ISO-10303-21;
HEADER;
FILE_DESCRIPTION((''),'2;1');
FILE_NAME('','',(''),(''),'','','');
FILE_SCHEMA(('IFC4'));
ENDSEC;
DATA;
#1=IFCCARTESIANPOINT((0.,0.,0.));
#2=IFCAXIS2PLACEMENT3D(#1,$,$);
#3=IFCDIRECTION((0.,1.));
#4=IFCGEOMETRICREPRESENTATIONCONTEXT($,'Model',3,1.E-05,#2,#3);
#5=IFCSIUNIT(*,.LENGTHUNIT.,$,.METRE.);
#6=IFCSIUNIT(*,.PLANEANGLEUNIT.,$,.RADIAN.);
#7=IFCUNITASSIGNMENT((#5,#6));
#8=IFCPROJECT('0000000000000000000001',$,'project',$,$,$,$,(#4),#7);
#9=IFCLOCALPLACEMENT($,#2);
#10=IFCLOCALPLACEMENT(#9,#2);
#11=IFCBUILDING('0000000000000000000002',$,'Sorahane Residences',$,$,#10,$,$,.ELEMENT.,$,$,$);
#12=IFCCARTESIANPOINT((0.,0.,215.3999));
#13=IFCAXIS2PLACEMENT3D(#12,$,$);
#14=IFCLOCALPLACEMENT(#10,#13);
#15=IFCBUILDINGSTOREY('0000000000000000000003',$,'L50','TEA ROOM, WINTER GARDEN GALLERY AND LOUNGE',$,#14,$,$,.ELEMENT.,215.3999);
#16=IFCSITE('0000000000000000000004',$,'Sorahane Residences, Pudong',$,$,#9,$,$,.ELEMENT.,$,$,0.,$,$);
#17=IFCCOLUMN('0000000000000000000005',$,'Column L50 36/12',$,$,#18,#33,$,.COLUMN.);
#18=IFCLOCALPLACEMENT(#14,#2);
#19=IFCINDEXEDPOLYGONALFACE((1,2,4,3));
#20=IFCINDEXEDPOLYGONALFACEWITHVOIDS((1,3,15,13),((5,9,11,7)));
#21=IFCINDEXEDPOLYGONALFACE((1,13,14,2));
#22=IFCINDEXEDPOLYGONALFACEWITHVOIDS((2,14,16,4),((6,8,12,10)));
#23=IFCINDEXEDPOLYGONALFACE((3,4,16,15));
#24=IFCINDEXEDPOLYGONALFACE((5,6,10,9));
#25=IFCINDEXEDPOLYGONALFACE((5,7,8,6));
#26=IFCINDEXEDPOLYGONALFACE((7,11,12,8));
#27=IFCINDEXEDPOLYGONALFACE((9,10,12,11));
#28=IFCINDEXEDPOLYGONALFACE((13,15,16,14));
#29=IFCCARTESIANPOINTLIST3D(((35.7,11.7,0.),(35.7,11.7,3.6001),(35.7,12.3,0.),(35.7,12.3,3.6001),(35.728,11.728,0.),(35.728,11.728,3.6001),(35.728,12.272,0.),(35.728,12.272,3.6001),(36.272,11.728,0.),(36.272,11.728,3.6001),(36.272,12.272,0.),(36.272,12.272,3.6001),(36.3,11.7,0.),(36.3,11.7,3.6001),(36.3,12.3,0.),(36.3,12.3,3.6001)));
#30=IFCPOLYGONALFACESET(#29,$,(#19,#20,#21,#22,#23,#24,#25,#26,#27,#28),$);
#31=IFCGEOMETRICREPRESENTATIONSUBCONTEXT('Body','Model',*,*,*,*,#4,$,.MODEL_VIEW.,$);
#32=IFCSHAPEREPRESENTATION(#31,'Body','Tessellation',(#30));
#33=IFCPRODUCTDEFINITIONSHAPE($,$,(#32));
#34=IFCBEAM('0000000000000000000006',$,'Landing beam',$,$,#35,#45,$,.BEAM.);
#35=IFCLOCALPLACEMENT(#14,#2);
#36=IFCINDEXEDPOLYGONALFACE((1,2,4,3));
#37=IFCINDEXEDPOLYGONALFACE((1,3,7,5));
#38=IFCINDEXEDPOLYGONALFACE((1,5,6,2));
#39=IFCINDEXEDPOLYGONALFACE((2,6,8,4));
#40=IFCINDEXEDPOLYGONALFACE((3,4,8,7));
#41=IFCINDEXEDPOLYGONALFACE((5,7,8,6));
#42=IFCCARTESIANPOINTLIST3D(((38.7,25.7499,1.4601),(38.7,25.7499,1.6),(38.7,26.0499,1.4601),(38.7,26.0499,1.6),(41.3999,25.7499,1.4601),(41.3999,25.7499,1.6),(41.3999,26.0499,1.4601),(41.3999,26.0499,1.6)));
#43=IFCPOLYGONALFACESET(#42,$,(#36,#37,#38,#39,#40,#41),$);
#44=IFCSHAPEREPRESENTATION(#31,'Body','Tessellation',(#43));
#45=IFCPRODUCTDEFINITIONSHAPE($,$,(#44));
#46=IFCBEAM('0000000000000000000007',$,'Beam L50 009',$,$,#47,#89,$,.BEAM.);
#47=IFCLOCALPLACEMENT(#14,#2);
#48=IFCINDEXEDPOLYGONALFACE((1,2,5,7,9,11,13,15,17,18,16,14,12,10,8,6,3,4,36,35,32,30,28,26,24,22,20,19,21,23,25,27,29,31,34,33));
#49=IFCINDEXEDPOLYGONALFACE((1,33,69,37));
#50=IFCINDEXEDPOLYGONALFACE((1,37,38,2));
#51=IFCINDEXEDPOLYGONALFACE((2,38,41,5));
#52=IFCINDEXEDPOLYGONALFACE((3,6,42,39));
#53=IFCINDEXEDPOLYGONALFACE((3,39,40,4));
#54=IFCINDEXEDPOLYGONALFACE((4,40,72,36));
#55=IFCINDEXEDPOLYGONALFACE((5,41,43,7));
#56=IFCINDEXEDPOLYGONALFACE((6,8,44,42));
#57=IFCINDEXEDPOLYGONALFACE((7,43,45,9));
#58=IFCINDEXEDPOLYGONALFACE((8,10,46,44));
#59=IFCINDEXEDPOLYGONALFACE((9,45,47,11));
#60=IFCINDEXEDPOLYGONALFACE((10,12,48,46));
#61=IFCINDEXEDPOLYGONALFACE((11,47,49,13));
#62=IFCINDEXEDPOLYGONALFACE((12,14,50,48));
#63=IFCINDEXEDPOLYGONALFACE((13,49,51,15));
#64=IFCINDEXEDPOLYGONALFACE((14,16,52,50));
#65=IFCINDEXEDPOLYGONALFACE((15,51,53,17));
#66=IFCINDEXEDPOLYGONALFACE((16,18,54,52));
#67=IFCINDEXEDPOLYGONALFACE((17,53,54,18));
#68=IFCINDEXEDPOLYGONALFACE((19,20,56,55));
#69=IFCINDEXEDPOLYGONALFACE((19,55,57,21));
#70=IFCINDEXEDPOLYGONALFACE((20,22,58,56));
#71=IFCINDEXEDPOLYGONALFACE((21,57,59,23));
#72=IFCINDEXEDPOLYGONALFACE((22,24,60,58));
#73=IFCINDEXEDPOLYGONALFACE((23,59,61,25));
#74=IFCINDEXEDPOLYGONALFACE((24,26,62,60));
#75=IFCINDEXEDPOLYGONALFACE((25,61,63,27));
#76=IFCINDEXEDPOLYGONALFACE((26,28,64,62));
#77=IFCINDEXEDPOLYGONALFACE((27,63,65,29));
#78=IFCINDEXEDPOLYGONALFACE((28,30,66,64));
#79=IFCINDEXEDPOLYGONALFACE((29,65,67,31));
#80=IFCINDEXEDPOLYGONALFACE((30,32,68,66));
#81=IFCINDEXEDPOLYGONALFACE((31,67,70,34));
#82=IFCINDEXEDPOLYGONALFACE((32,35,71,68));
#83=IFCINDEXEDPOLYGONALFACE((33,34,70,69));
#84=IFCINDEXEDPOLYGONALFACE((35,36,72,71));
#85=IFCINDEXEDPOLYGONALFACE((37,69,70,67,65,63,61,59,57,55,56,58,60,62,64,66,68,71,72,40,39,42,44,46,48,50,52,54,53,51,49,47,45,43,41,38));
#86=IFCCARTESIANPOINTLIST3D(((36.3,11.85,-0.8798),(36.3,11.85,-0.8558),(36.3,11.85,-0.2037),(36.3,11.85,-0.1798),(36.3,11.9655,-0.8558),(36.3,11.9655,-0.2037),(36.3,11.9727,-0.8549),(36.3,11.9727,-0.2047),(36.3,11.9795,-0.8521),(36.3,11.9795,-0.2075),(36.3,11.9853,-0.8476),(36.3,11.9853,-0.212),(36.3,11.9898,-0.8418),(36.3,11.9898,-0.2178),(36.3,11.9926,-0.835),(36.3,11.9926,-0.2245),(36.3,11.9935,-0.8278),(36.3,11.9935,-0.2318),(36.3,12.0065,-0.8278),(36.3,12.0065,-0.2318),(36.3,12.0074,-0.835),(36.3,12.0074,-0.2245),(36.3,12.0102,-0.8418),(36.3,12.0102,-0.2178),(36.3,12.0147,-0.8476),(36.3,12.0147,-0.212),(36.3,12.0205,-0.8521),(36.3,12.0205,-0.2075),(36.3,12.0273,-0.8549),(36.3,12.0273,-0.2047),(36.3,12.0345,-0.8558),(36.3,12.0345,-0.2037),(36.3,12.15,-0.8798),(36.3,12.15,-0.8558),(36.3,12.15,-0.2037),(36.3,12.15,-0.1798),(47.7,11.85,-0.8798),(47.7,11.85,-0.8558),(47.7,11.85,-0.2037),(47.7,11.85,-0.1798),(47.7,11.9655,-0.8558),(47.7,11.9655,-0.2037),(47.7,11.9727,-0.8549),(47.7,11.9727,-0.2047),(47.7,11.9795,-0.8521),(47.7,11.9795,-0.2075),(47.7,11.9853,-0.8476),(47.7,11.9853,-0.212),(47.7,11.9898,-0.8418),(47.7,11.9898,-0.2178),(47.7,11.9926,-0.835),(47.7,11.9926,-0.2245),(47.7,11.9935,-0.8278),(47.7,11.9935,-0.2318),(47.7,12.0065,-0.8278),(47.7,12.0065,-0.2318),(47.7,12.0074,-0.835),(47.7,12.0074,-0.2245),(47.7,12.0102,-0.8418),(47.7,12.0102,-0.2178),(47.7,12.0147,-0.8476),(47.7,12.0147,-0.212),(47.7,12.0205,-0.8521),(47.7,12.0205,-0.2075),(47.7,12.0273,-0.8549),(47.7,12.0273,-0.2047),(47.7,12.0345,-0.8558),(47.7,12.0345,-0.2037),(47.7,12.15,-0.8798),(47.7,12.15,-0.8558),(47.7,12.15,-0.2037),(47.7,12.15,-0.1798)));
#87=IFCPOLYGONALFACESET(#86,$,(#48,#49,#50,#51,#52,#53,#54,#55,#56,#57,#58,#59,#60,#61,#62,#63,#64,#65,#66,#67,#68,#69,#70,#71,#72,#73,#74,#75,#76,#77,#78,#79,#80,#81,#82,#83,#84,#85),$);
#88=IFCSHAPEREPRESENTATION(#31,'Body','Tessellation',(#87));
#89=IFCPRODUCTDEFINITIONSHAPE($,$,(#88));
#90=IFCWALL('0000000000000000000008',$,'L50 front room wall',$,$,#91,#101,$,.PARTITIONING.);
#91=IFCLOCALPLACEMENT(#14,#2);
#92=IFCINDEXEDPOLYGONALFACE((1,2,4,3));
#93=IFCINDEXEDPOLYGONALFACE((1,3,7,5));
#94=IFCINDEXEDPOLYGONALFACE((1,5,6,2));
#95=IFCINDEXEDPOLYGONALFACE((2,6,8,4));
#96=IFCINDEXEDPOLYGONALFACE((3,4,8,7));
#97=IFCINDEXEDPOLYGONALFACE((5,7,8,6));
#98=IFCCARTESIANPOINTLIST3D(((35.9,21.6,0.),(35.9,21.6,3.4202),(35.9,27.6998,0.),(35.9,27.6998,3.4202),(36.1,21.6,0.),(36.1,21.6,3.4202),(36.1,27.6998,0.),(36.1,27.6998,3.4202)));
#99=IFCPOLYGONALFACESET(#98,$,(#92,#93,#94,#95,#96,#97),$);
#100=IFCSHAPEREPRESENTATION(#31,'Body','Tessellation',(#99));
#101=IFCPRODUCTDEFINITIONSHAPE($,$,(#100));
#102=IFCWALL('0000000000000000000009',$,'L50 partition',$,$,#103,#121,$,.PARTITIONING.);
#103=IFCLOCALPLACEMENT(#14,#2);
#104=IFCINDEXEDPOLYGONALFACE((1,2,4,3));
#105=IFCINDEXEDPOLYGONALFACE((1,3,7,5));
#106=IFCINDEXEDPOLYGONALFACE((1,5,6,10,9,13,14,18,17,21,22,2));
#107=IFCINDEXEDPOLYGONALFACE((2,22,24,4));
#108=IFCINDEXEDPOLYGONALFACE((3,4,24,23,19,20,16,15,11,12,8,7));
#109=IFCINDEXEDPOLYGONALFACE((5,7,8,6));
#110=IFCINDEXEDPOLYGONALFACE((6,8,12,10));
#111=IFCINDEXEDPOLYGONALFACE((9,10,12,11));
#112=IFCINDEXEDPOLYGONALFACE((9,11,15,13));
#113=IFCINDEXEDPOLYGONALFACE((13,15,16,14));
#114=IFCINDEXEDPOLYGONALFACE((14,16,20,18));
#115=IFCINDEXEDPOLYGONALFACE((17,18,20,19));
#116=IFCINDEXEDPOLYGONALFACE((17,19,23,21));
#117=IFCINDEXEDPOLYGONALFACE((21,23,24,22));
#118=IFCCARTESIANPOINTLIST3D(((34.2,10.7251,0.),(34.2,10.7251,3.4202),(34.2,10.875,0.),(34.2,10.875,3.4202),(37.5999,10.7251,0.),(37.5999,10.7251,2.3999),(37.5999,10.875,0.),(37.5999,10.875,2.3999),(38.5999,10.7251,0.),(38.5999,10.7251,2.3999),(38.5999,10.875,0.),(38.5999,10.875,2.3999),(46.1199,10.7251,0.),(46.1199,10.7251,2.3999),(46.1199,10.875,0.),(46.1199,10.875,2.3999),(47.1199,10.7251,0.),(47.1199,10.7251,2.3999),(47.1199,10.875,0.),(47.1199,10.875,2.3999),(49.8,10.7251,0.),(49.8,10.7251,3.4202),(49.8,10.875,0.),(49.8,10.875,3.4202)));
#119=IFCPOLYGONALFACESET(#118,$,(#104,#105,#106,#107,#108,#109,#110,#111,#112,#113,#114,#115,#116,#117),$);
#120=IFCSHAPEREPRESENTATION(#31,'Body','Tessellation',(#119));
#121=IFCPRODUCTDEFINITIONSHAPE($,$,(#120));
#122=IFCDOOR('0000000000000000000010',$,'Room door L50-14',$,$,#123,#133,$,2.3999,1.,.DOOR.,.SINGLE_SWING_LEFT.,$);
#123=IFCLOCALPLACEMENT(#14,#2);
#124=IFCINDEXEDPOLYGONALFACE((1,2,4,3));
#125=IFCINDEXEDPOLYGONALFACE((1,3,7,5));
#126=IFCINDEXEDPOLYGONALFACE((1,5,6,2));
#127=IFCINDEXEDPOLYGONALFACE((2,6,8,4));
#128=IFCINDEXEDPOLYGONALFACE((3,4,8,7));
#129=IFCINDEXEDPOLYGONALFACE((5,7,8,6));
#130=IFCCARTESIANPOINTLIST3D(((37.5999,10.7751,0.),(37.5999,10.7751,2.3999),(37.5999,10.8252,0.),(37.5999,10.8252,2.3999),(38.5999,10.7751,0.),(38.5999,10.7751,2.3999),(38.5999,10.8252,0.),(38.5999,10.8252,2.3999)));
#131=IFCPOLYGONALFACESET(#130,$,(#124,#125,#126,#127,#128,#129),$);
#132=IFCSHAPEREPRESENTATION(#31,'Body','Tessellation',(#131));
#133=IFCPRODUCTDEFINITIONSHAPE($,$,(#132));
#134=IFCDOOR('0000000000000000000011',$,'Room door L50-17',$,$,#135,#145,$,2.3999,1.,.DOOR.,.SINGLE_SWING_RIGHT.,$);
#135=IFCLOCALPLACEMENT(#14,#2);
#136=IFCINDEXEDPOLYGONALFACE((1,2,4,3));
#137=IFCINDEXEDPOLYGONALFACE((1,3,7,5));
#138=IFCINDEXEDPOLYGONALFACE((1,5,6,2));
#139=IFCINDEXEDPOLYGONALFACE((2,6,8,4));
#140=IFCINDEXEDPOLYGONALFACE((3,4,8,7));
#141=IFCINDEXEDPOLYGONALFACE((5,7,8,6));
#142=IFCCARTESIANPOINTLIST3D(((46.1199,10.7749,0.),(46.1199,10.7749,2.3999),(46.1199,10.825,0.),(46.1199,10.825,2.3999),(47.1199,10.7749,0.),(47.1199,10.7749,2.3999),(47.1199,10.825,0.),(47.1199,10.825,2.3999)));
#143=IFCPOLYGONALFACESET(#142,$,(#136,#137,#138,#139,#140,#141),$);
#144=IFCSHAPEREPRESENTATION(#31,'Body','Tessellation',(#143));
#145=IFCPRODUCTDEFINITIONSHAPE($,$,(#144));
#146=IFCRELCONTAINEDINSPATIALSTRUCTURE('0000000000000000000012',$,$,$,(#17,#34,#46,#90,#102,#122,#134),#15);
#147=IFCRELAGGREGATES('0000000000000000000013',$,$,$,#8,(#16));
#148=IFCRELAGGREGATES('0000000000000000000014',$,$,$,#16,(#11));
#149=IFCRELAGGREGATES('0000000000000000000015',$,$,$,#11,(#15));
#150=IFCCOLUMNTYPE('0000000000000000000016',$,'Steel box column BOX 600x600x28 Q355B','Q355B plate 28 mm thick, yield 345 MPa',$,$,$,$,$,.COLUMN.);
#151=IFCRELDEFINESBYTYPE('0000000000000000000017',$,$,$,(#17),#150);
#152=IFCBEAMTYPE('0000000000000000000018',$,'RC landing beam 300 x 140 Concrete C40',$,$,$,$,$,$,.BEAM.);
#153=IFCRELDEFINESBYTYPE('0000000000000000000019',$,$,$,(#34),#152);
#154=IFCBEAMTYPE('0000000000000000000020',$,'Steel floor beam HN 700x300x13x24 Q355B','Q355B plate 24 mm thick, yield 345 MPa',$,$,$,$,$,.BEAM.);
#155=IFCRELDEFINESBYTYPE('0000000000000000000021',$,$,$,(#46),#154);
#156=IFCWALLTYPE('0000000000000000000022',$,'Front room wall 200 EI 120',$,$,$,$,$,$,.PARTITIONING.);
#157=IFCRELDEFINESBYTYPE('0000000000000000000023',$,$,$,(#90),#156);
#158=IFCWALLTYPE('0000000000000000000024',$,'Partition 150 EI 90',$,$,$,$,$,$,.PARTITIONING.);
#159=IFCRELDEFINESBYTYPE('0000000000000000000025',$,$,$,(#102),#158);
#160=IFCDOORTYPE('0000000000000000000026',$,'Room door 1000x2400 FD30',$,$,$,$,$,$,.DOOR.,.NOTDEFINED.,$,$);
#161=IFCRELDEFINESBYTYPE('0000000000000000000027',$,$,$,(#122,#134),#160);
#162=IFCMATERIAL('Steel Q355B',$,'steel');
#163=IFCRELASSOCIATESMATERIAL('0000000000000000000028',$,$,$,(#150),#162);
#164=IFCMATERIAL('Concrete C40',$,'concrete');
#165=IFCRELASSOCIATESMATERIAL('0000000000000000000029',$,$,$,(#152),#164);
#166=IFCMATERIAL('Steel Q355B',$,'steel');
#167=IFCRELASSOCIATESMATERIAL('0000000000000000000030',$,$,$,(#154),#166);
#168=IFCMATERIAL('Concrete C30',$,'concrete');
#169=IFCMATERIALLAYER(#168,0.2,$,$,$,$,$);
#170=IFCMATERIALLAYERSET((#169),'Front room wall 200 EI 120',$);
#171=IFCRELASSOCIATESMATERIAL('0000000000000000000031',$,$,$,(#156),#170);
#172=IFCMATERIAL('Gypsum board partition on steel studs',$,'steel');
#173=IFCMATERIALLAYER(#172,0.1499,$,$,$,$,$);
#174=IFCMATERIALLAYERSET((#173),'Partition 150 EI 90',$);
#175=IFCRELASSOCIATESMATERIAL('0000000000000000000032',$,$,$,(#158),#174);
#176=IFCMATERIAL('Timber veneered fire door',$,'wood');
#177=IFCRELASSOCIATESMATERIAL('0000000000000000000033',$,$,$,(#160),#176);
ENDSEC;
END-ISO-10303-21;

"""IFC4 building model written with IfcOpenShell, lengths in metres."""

from ifc_helpers import new_model, si_unit, direction, frame, frame_2d, origin, origin_2d, place, context, subcontext, project, spatial, rectangle, hollow_rectangle, i_section, extrude, material, layer, layer_set, material_profile, profile_set, type_object, element, fill, save


model = new_model("IFC4")

# Units and contexts
model_context = context("Model", 3, precision=1e-05, world=origin(), true_north=direction((0.0, 1.0)))
body_context = subcontext(model_context, "Body", "Model", "MODEL_VIEW")
ifc_project = project(units=[si_unit("LENGTHUNIT", "METRE"), si_unit("PLANEANGLEUNIT", "RADIAN")], contexts=[model_context])

# Site, building, storey
site_placement = place(None, origin())
site = spatial("IfcSite", under=ifc_project, at=site_placement, Name="Sorahane Residences, Pudong", CompositionType="ELEMENT", RefElevation=0.0)
building_placement = place(site_placement, origin())
building = spatial("IfcBuilding", under=site, at=building_placement, Name="Sorahane Residences", CompositionType="ELEMENT")
storey_placement = place(building_placement, frame((0.0, 0.0, 215.3999)))
storey = spatial("IfcBuildingStorey", under=building, at=storey_placement, Name="L50", Description="TEA ROOM, WINTER GARDEN GALLERY AND LOUNGE", CompositionType="ELEMENT", Elevation=215.3999)

# Column
ifc_material_1 = material(Name="Steel Q355B", Category="steel")
ifc_material_profile_1 = material_profile(ifc_material_1, hollow_rectangle(XDim=0.6001, YDim=0.6001, WallThickness=0.0281, at=origin_2d()), Name="BOX 600x600x28")
ifc_profile_set_1 = profile_set([ifc_material_profile_1], Name="Steel Q355B")
column_type = type_object("IfcColumnType", Name="Steel box column BOX 600x600x28 Q355B", Description="Q355B plate 28 mm thick, yield 345 MPa", PredefinedType="COLUMN", material=ifc_profile_set_1)
column_placement = place(storey_placement, frame((36.0, 12.0, 0.0), z_axis=(0.0, 0.0, 1.0), x_axis=(1.0, 0.0, 0.0)))
element("IfcColumn", 1, at=column_placement, inside=storey, type_object=column_type, Name="Column L50 36/12", PredefinedType="COLUMN", context=body_context, shape_type="SweptSolid", body=[
    extrude(hollow_rectangle(XDim=0.6001, YDim=0.6001, WallThickness=0.0281, at=origin_2d()), origin(), (0.0, 0.0, 1.0), 3.6001),
])

# Beams
ifc_material_2 = material(Name="Concrete C40", Category="concrete")
ifc_material_profile_2 = material_profile(ifc_material_2, rectangle(XDim=0.3, YDim=0.1399, at=origin_2d()), Name="300x140")
ifc_profile_set_2 = profile_set([ifc_material_profile_2], Name="Concrete C40")
beam_type_1 = type_object("IfcBeamType", Name="RC landing beam 300 x 140 Concrete C40", PredefinedType="BEAM", material=ifc_profile_set_2)
beam_1_placement = place(storey_placement, frame((38.7, 25.8999, 1.53), z_axis=(1.0, 0.0, 0.0), x_axis=(0.0, 1.0, 0.0)))
element("IfcBeam", 2, at=beam_1_placement, inside=storey, type_object=beam_type_1, Name="Landing beam", PredefinedType="BEAM", context=body_context, shape_type="SweptSolid", body=[
    extrude(rectangle(XDim=0.3, YDim=0.1399, at=origin_2d()), origin(), (0.0, 0.0, 1.0), 2.7),
])
ifc_material_3 = material(Name="Steel Q355B", Category="steel")
ifc_material_profile_3 = material_profile(ifc_material_3, i_section(OverallWidth=0.3, OverallDepth=0.7, WebThickness=0.0129, FlangeThickness=0.0239, FilletRadius=0.0281, at=origin_2d()), Name="HN 700x300x13x24")
ifc_profile_set_3 = profile_set([ifc_material_profile_3], Name="Steel Q355B")
beam_type_2 = type_object("IfcBeamType", Name="Steel floor beam HN 700x300x13x24 Q355B", Description="Q355B plate 24 mm thick, yield 345 MPa", PredefinedType="BEAM", material=ifc_profile_set_3)
beam_2_placement = place(storey_placement, frame((36.3, 12.0, -0.5298), z_axis=(1.0, 0.0, 0.0), x_axis=(0.0, 1.0, 0.0)))
element("IfcBeam", 3, at=beam_2_placement, inside=storey, type_object=beam_type_2, Name="Beam L50 009", PredefinedType="BEAM", context=body_context, shape_type="SweptSolid", body=[
    extrude(i_section(OverallWidth=0.3, OverallDepth=0.7, WebThickness=0.0129, FlangeThickness=0.0239, FilletRadius=0.0281, at=origin_2d()), origin(), (0.0, 0.0, 1.0), 11.3999),
])

# Wall
ifc_material_4 = material(Name="Concrete C30", Category="concrete")
ifc_layer_1 = layer(ifc_material_4, 0.2)
ifc_layer_set_1 = layer_set([ifc_layer_1], Name="Front room wall 200 EI 120")
wall_type_1 = type_object("IfcWallType", Name="Front room wall 200 EI 120", PredefinedType="PARTITIONING", material=ifc_layer_set_1)
wall_1_placement = place(storey_placement, frame((36.0, 21.6001, 0.0), z_axis=(0.0, 0.0, 1.0), x_axis=(0.0, 1.0, 0.0)))
element("IfcWall", 4, at=wall_1_placement, inside=storey, type_object=wall_type_1, Name="L50 front room wall", PredefinedType="PARTITIONING", context=body_context, shape_type="SweptSolid", body=[
    extrude(rectangle(XDim=6.0999, YDim=0.2, at=frame_2d((3.0498, 0.0))), origin(), (0.0, 0.0, 1.0), 3.4202),
])

# Wall, openings, doors
ifc_material_5 = material(Name="Gypsum board partition on steel studs", Category="steel")
ifc_layer_2 = layer(ifc_material_5, 0.1499)
ifc_layer_set_2 = layer_set([ifc_layer_2], Name="Partition 150 EI 90")
wall_type_2 = type_object("IfcWallType", Name="Partition 150 EI 90", PredefinedType="PARTITIONING", material=ifc_layer_set_2)
wall_2_placement = place(storey_placement, frame((34.2, 10.8, 0.0), z_axis=(0.0, 0.0, 1.0), x_axis=(1.0, 0.0, 0.0)))
wall_2 = element("IfcWall", 5, at=wall_2_placement, inside=storey, type_object=wall_type_2, Name="L50 partition", PredefinedType="PARTITIONING", context=body_context, shape_type="SweptSolid", body=[
    extrude(rectangle(XDim=15.6001, YDim=0.1499, at=frame_2d((7.8, 0.0))), origin(), (0.0, 0.0, 1.0), 3.4202),
])
opening_1_placement = place(wall_2_placement, frame((3.3999, 0.0, 0.0)))
opening_1 = element("IfcOpeningElement", 6, at=opening_1_placement, cuts=wall_2, PredefinedType="OPENING", context=body_context, shape_type="SweptSolid", body=[
    extrude(rectangle(XDim=1.0, YDim=2.3999, at=frame_2d((0.5, 1.2))), frame((0.0, 0.085, 0.0), z_axis=(0.0, -1.0, 0.0), x_axis=(1.0, 0.0, 0.0)), (0.0, 0.0, 1.0), 0.1699),
])
opening_2_placement = place(wall_2_placement, frame((11.9199, 0.0, 0.0)))
opening_2 = element("IfcOpeningElement", 7, at=opening_2_placement, cuts=wall_2, PredefinedType="OPENING", context=body_context, shape_type="SweptSolid", body=[
    extrude(rectangle(XDim=1.0, YDim=2.3999, at=frame_2d((0.5, 1.2))), frame((0.0, 0.085, 0.0), z_axis=(0.0, -1.0, 0.0), x_axis=(1.0, 0.0, 0.0)), (0.0, 0.0, 1.0), 0.1699),
])
ifc_material_6 = material(Name="Timber veneered fire door", Category="wood")
door_type_1 = type_object("IfcDoorType", Name="Room door 1000x2400 FD30", OperationType="NOTDEFINED", PredefinedType="DOOR", material=ifc_material_6)
door_1_placement = place(opening_1_placement, frame((1.0, 0.0, 0.0), z_axis=(0.0, 0.0, 1.0), x_axis=(-1.0, 0.0, 0.0)))
door_1 = element("IfcDoor", 8, at=door_1_placement, inside=storey, type_object=door_type_1, Name="Room door L50-14", OperationType="SINGLE_SWING_LEFT", OverallHeight=2.3999, OverallWidth=1.0, PredefinedType="DOOR", context=body_context, shape_type="SweptSolid", body=[
    extrude(rectangle(XDim=1.0, YDim=2.3999, at=frame_2d((0.5, 1.2))), frame((0.0, 0.0249, 0.0), z_axis=(0.0, -1.0, 0.0), x_axis=(1.0, 0.0, 0.0)), (0.0, 0.0, 1.0), 0.05),
])
fill(opening_1, door_1)
door_2_placement = place(opening_2_placement, origin())
door_2 = element("IfcDoor", 9, at=door_2_placement, inside=storey, type_object=door_type_1, Name="Room door L50-17", OperationType="SINGLE_SWING_RIGHT", OverallHeight=2.3999, OverallWidth=1.0, PredefinedType="DOOR", context=body_context, shape_type="SweptSolid", body=[
    extrude(rectangle(XDim=1.0, YDim=2.3999, at=frame_2d((0.5, 1.2))), frame((0.0, 0.0249, 0.0), z_axis=(0.0, -1.0, 0.0), x_axis=(1.0, 0.0, 0.0)), (0.0, 0.0, 1.0), 0.05),
])
fill(opening_2, door_2)

save(model, "model.ifc")
